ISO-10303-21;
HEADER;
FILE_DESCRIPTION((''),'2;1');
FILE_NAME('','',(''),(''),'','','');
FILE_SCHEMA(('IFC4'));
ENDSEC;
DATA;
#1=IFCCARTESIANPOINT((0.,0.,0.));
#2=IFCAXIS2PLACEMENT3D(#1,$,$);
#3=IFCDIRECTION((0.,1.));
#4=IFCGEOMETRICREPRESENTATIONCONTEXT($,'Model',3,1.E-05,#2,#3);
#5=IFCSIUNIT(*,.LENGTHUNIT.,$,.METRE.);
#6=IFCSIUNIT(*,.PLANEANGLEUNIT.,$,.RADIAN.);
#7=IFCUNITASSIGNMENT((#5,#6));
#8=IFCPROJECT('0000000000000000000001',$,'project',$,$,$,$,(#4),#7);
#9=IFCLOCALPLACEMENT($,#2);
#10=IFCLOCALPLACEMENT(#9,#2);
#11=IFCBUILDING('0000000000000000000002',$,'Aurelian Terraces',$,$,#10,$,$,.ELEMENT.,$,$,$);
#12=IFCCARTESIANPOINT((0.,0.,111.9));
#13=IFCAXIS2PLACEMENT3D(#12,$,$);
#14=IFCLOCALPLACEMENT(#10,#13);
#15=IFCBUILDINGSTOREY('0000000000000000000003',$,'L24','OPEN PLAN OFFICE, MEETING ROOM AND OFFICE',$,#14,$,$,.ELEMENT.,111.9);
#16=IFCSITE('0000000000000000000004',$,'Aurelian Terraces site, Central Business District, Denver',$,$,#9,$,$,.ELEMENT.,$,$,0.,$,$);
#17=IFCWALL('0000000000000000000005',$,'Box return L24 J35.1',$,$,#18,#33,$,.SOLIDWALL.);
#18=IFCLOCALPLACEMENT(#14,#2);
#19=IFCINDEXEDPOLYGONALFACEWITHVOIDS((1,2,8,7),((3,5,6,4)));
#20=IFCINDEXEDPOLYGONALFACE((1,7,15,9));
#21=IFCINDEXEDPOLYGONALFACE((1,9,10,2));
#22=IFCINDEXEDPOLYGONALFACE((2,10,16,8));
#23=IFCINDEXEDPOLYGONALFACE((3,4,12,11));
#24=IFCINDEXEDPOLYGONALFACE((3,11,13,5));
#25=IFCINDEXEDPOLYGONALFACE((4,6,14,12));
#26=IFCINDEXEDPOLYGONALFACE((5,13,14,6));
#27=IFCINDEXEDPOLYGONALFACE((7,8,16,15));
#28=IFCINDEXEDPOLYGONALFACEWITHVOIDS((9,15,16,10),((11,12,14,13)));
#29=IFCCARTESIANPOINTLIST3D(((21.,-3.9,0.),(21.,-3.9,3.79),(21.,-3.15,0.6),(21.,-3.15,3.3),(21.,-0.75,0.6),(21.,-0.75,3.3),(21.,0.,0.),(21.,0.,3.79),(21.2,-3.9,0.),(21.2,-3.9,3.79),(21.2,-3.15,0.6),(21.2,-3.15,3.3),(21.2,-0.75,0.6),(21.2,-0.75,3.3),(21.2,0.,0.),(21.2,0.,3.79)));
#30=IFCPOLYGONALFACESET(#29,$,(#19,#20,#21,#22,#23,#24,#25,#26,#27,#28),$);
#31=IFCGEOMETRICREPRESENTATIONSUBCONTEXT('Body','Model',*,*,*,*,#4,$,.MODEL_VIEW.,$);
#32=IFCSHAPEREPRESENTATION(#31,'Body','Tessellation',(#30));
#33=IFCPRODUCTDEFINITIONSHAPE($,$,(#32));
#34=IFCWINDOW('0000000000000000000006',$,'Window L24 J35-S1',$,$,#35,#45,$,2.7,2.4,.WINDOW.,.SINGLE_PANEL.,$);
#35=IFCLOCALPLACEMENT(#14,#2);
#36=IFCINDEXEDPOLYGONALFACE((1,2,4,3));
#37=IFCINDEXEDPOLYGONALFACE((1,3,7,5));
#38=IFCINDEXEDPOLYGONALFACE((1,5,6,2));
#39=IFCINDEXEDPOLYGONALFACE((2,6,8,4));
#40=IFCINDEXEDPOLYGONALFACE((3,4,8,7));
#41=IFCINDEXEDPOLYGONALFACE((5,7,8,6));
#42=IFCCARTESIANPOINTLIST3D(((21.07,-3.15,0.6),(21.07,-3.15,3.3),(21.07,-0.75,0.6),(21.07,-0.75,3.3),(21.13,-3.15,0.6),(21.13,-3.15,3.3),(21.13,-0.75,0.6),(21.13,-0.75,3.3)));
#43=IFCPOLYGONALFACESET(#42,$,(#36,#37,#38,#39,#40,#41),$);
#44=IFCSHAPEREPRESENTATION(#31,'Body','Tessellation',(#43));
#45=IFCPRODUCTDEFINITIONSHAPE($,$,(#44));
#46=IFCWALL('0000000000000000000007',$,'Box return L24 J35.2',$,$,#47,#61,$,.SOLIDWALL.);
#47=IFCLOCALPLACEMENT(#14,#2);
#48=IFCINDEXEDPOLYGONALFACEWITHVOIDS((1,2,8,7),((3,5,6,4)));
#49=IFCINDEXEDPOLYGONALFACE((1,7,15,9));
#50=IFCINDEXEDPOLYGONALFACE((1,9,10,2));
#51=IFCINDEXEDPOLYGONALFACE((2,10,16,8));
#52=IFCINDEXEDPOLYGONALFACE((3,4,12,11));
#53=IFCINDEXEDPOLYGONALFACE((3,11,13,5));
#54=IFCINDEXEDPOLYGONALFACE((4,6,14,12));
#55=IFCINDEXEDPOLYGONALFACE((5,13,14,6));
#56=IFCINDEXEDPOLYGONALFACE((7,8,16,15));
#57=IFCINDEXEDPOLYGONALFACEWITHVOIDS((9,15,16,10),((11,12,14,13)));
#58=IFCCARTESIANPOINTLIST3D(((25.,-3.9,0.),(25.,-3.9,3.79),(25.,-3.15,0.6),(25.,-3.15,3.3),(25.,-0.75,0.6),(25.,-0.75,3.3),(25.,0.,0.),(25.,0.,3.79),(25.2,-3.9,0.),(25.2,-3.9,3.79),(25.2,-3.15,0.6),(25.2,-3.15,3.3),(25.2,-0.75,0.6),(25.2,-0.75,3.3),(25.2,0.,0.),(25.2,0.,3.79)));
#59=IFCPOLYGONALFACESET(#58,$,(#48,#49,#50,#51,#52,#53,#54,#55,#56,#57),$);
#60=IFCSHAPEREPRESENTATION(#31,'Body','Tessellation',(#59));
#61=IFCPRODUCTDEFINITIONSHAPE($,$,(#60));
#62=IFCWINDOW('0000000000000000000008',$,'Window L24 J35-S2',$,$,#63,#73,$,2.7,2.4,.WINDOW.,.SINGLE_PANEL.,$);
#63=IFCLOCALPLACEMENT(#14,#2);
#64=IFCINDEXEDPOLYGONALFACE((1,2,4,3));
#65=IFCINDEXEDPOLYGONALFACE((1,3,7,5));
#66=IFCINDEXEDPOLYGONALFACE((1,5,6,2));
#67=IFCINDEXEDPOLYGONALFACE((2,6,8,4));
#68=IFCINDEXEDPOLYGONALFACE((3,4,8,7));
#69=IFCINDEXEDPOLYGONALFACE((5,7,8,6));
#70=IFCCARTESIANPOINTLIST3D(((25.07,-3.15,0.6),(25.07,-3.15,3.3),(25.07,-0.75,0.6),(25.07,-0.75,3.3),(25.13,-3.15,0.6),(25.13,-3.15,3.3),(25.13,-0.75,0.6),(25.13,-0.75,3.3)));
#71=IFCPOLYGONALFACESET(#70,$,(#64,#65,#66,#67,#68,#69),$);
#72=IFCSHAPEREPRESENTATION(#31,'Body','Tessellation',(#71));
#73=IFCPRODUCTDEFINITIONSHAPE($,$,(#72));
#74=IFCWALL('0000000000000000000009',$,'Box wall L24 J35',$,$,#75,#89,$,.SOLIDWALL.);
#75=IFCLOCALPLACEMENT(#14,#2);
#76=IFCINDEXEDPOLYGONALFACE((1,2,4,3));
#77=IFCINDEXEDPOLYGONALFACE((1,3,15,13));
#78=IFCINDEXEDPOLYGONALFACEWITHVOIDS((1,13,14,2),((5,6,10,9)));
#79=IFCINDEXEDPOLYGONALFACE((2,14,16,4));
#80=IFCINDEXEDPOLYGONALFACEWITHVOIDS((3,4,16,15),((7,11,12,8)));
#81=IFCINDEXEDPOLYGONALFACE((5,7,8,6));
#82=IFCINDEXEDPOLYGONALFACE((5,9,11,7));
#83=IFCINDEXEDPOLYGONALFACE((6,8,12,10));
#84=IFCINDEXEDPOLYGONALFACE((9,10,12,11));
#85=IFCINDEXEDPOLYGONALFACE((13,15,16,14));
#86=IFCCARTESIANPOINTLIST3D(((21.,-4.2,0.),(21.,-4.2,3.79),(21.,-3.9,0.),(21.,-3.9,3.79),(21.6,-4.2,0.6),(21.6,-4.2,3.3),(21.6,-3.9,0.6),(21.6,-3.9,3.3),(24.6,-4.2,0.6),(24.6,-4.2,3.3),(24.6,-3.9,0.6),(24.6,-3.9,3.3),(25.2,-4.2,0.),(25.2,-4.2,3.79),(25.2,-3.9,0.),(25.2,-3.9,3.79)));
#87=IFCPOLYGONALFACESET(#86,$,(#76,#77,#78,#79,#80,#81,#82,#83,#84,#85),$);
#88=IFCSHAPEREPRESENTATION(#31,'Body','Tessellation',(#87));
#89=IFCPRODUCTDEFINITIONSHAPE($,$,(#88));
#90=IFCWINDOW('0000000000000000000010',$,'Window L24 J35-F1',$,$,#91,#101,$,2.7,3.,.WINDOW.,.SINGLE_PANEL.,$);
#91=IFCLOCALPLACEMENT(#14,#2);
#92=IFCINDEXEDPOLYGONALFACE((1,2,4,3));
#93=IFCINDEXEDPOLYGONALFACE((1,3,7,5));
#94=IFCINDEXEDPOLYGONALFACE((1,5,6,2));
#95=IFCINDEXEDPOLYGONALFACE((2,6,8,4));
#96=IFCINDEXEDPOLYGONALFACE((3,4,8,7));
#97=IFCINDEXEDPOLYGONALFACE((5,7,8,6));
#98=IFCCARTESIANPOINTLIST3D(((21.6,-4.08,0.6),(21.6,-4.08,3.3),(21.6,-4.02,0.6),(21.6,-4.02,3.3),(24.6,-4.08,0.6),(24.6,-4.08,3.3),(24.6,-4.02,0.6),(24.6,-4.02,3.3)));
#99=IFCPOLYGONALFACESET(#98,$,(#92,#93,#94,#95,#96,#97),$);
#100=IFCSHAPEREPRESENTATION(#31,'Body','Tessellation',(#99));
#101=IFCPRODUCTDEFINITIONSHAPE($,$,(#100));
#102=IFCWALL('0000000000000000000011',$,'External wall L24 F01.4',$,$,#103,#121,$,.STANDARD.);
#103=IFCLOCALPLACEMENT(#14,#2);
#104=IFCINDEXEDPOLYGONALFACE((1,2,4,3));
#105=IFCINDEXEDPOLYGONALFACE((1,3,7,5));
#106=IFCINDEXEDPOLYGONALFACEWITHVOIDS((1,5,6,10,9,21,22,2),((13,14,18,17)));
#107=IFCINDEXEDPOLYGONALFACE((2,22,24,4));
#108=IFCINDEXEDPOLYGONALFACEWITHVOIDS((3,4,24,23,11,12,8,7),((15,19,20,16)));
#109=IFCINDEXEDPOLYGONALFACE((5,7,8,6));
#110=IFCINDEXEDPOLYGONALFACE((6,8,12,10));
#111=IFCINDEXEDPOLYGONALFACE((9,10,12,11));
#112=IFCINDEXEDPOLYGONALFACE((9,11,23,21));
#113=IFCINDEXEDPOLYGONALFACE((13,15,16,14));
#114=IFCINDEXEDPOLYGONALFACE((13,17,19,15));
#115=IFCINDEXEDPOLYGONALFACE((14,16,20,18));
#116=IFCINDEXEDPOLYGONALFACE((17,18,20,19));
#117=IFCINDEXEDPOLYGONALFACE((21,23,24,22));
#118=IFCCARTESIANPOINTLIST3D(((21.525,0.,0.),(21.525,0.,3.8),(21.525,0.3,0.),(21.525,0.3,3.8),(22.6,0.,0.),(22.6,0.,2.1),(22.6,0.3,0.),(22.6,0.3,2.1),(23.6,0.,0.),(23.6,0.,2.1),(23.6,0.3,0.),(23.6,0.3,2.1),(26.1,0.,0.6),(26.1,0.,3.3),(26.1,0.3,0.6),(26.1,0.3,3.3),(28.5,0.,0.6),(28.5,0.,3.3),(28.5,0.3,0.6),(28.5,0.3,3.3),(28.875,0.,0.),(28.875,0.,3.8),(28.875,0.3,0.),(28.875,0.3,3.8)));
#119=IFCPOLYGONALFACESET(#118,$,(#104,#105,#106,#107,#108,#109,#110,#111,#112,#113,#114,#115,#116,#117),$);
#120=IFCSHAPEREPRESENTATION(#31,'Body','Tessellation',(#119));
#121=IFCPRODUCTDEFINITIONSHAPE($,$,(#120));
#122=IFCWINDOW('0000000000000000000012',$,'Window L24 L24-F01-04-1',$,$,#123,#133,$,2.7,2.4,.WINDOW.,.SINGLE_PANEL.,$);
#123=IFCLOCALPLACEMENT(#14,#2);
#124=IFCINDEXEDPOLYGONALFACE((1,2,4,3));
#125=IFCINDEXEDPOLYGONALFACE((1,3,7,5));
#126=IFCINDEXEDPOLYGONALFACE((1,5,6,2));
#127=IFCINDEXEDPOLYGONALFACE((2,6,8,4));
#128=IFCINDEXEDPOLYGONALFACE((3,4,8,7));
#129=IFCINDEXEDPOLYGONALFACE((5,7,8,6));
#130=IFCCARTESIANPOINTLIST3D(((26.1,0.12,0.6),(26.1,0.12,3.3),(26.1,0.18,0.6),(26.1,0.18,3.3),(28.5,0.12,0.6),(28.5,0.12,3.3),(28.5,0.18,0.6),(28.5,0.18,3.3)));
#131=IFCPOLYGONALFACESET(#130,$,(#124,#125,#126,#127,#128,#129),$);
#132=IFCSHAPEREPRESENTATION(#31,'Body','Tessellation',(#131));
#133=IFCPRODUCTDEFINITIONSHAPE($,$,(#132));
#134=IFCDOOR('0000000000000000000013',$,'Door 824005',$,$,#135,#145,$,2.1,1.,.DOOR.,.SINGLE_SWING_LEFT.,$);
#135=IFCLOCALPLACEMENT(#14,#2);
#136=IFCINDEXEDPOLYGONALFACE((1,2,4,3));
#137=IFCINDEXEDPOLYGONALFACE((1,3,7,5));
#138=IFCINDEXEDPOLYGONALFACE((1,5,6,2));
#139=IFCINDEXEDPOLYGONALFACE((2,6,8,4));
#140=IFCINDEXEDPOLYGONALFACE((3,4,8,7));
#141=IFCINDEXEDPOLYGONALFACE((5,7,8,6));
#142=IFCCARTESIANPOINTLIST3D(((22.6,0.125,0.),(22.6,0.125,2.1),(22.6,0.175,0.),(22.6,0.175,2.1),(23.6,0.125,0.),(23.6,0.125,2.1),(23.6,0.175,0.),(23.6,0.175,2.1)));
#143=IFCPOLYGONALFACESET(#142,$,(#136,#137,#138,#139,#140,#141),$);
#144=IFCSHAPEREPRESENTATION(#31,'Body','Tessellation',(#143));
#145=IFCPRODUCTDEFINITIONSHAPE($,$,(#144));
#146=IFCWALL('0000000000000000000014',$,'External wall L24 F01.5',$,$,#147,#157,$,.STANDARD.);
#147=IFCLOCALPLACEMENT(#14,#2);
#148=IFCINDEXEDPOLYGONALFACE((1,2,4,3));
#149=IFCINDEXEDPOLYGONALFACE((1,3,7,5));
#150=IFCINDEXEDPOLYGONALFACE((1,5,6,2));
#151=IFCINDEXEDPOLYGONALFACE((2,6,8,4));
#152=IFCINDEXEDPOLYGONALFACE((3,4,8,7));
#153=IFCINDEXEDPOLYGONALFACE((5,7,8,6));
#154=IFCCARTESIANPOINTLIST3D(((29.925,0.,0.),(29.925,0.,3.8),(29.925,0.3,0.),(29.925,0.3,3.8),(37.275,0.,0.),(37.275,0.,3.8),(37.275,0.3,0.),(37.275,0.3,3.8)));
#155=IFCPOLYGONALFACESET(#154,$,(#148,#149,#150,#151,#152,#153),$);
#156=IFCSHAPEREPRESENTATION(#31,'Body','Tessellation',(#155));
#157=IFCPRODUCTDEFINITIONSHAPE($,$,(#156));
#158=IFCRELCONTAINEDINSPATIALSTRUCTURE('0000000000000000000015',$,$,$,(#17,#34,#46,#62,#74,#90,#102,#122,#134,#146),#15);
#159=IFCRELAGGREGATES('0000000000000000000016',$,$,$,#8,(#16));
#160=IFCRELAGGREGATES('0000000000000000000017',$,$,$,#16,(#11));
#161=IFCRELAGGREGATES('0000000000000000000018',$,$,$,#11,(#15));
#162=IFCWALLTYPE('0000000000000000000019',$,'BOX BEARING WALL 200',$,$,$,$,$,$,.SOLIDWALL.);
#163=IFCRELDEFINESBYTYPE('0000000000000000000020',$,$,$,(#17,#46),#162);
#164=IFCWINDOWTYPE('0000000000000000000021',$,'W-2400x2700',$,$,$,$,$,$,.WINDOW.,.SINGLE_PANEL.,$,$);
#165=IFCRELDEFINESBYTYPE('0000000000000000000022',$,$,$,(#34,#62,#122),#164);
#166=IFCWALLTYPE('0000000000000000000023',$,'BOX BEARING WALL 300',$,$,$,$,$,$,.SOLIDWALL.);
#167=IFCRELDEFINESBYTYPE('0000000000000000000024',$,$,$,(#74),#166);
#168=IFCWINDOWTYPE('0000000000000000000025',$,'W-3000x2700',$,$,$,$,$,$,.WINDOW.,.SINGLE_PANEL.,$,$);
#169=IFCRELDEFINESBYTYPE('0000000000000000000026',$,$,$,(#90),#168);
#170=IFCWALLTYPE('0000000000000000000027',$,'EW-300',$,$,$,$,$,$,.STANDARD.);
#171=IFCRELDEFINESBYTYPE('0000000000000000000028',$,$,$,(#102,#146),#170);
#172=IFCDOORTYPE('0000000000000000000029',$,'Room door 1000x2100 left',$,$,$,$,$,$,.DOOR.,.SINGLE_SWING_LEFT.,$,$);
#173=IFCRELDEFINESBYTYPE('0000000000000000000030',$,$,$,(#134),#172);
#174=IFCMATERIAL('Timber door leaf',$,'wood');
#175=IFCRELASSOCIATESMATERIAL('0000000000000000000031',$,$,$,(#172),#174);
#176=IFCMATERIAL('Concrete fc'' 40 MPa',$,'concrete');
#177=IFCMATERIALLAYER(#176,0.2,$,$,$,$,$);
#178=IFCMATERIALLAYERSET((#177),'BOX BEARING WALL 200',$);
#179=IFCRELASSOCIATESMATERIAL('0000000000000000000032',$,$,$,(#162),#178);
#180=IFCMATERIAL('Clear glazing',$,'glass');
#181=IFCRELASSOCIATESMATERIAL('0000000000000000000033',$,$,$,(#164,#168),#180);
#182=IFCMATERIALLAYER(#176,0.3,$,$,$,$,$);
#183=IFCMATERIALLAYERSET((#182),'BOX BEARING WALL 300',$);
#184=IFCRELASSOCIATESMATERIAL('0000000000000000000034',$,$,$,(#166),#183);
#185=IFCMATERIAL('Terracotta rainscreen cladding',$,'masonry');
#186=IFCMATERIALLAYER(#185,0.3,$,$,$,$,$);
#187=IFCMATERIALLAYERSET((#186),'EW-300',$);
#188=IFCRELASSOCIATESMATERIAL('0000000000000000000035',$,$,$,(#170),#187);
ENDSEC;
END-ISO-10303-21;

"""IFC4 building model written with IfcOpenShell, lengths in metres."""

from ifc_helpers import new_model, si_unit, direction, frame, frame_2d, origin, place, context, subcontext, project, spatial, rectangle, extrude, source, transform, mapped, material, layer, layer_set, type_object, element, fill, save


model = new_model("IFC4")

# Units and contexts
model_context = context("Model", 3, precision=1e-05, world=origin(), true_north=direction((0.0, 1.0)))
body_context = subcontext(model_context, "Body", "Model", "MODEL_VIEW")
ifc_project = project(units=[si_unit("LENGTHUNIT", "METRE"), si_unit("PLANEANGLEUNIT", "RADIAN")], contexts=[model_context])

# Site, building, storey
site_placement = place(None, origin())
site = spatial("IfcSite", under=ifc_project, at=site_placement, Name="Aurelian Terraces site, Central Business District, Denver", CompositionType="ELEMENT", RefElevation=0.0)
building_placement = place(site_placement, origin())
building = spatial("IfcBuilding", under=site, at=building_placement, Name="Aurelian Terraces", CompositionType="ELEMENT")
storey_placement = place(building_placement, frame((0.0, 0.0, 111.9)))
storey = spatial("IfcBuildingStorey", under=building, at=storey_placement, Name="L24", Description="OPEN PLAN OFFICE, MEETING ROOM AND OFFICE", CompositionType="ELEMENT", Elevation=111.9)

# Shared definitions
ifc_material_1 = material(Name="Timber door leaf", Category="wood")
door_type_1 = type_object("IfcDoorType", Name="Room door 1000x2100 left", OperationType="SINGLE_SWING_LEFT", PredefinedType="DOOR", material=ifc_material_1)
shared_shape_1 = source(origin(), body_context, "Body", "SweptSolid", [
    extrude(rectangle(XDim=1.0, YDim=2.1, at=frame_2d((0.5, 1.05))), frame((0.0, 0.025, 0.0), z_axis=(0.0, -1.0, 0.0), x_axis=(1.0, 0.0, 0.0)), (0.0, 0.0, 1.0), 0.05),
])

# Walls, openings, windows
ifc_material_2 = material(Name="Concrete fc' 40 MPa", Category="concrete")
ifc_layer_1 = layer(ifc_material_2, 0.2)
ifc_layer_set_1 = layer_set([ifc_layer_1], Name="BOX BEARING WALL 200")
wall_type_1 = type_object("IfcWallType", Name="BOX BEARING WALL 200", PredefinedType="SOLIDWALL", material=ifc_layer_set_1)
shared_shape_2 = source(origin(), body_context, "Body", "SweptSolid", [
    extrude(rectangle(XDim=3.9, YDim=0.2, at=frame_2d((1.95, 0.0))), origin(), (0.0, 0.0, 1.0), 3.79),
])
wall_1_placement = place(storey_placement, frame((21.1, 0.0, 0.0), z_axis=(0.0, 0.0, 1.0), x_axis=(0.0, -1.0, 0.0)))
wall_1 = element("IfcWall", 1, at=wall_1_placement, inside=storey, type_object=wall_type_1, Name="Box return L24 J35.1", PredefinedType="SOLIDWALL", context=body_context, shape_type="MappedRepresentation", body=[
    mapped(shared_shape_2, transform((0.0, 0.0, 0.0), scale=1.0)),
])
shared_shape_3 = source(origin(), body_context, "Body", "SweptSolid", [
    extrude(rectangle(XDim=2.4, YDim=2.7, at=frame_2d((1.2, 1.35))), frame((0.0, 0.11, 0.0), z_axis=(0.0, -1.0, 0.0), x_axis=(1.0, 0.0, 0.0)), (0.0, 0.0, 1.0), 0.22),
])
opening_1_placement = place(wall_1_placement, frame((0.75, 0.0, 0.6)))
opening_1 = element("IfcOpeningElement", 2, at=opening_1_placement, cuts=wall_1, PredefinedType="OPENING", context=body_context, shape_type="MappedRepresentation", body=[
    mapped(shared_shape_3, transform((0.0, 0.0, 0.0), scale=1.0)),
])
ifc_material_3 = material(Name="Clear glazing", Category="glass")
window_type_1 = type_object("IfcWindowType", Name="W-2400x2700", PartitioningType="SINGLE_PANEL", PredefinedType="WINDOW", material=ifc_material_3)
shared_shape_4 = source(origin(), body_context, "Body", "SweptSolid", [
    extrude(rectangle(XDim=2.4, YDim=2.7, at=frame_2d((1.2, 1.35))), frame((0.0, 0.03, 0.0), z_axis=(0.0, -1.0, 0.0), x_axis=(1.0, 0.0, 0.0)), (0.0, 0.0, 1.0), 0.06),
])
window_1_placement = place(opening_1_placement, origin())
window_1 = element("IfcWindow", 3, at=window_1_placement, inside=storey, type_object=window_type_1, Name="Window L24 J35-S1", OverallHeight=2.7, OverallWidth=2.4, PartitioningType="SINGLE_PANEL", PredefinedType="WINDOW", context=body_context, shape_type="MappedRepresentation", body=[
    mapped(shared_shape_4, transform((0.0, 0.0, 0.0), scale=1.0)),
])
fill(opening_1, window_1)
wall_2_placement = place(storey_placement, frame((25.1, 0.0, 0.0), z_axis=(0.0, 0.0, 1.0), x_axis=(0.0, -1.0, 0.0)))
wall_2 = element("IfcWall", 4, at=wall_2_placement, inside=storey, type_object=wall_type_1, Name="Box return L24 J35.2", PredefinedType="SOLIDWALL", context=body_context, shape_type="MappedRepresentation", body=[
    mapped(shared_shape_2, transform((0.0, 0.0, 0.0), scale=1.0)),
])
opening_2_placement = place(wall_2_placement, frame((0.75, 0.0, 0.6)))
opening_2 = element("IfcOpeningElement", 5, at=opening_2_placement, cuts=wall_2, PredefinedType="OPENING", context=body_context, shape_type="MappedRepresentation", body=[
    mapped(shared_shape_3, transform((0.0, 0.0, 0.0), scale=1.0)),
])
window_2_placement = place(opening_2_placement, origin())
window_2 = element("IfcWindow", 6, at=window_2_placement, inside=storey, type_object=window_type_1, Name="Window L24 J35-S2", OverallHeight=2.7, OverallWidth=2.4, PartitioningType="SINGLE_PANEL", PredefinedType="WINDOW", context=body_context, shape_type="MappedRepresentation", body=[
    mapped(shared_shape_4, transform((0.0, 0.0, 0.0), scale=1.0)),
])
fill(opening_2, window_2)
ifc_layer_2 = layer(ifc_material_2, 0.3)
ifc_layer_set_2 = layer_set([ifc_layer_2], Name="BOX BEARING WALL 300")
wall_type_2 = type_object("IfcWallType", Name="BOX BEARING WALL 300", PredefinedType="SOLIDWALL", material=ifc_layer_set_2)
shared_shape_5 = source(origin(), body_context, "Body", "SweptSolid", [
    extrude(rectangle(XDim=4.2, YDim=0.3, at=frame_2d((2.1, 0.0))), origin(), (0.0, 0.0, 1.0), 3.79),
])
wall_3_placement = place(storey_placement, frame((21.0, -4.05, 0.0), z_axis=(0.0, 0.0, 1.0), x_axis=(1.0, 0.0, 0.0)))
wall_3 = element("IfcWall", 7, at=wall_3_placement, inside=storey, type_object=wall_type_2, Name="Box wall L24 J35", PredefinedType="SOLIDWALL", context=body_context, shape_type="MappedRepresentation", body=[
    mapped(shared_shape_5, transform((0.0, 0.0, 0.0), scale=1.0)),
])
shared_shape_6 = source(origin(), body_context, "Body", "SweptSolid", [
    extrude(rectangle(XDim=3.0, YDim=2.7, at=frame_2d((1.5, 1.35))), frame((0.0, 0.16, 0.0), z_axis=(0.0, -1.0, 0.0), x_axis=(1.0, 0.0, 0.0)), (0.0, 0.0, 1.0), 0.32),
])
opening_3_placement = place(wall_3_placement, frame((0.6, 0.0, 0.6)))
opening_3 = element("IfcOpeningElement", 8, at=opening_3_placement, cuts=wall_3, PredefinedType="OPENING", context=body_context, shape_type="MappedRepresentation", body=[
    mapped(shared_shape_6, transform((0.0, 0.0, 0.0), scale=1.0)),
])
window_type_2 = type_object("IfcWindowType", Name="W-3000x2700", PartitioningType="SINGLE_PANEL", PredefinedType="WINDOW", material=ifc_material_3)
shared_shape_7 = source(origin(), body_context, "Body", "SweptSolid", [
    extrude(rectangle(XDim=3.0, YDim=2.7, at=frame_2d((1.5, 1.35))), frame((0.0, 0.03, 0.0), z_axis=(0.0, -1.0, 0.0), x_axis=(1.0, 0.0, 0.0)), (0.0, 0.0, 1.0), 0.06),
])
window_3_placement = place(opening_3_placement, origin())
window_3 = element("IfcWindow", 9, at=window_3_placement, inside=storey, type_object=window_type_2, Name="Window L24 J35-F1", OverallHeight=2.7, OverallWidth=3.0, PartitioningType="SINGLE_PANEL", PredefinedType="WINDOW", context=body_context, shape_type="MappedRepresentation", body=[
    mapped(shared_shape_7, transform((0.0, 0.0, 0.0), scale=1.0)),
])
fill(opening_3, window_3)

# Wall, openings, window, door
ifc_material_4 = material(Name="Terracotta rainscreen cladding", Category="masonry")
ifc_layer_3 = layer(ifc_material_4, 0.3)
ifc_layer_set_3 = layer_set([ifc_layer_3], Name="EW-300")
wall_type_3 = type_object("IfcWallType", Name="EW-300", PredefinedType="STANDARD", material=ifc_layer_set_3)
shared_shape_8 = source(origin(), body_context, "Body", "SweptSolid", [
    extrude(rectangle(XDim=7.35, YDim=0.3, at=frame_2d((3.675, 0.0))), origin(), (0.0, 0.0, 1.0), 3.8),
])
wall_4_placement = place(storey_placement, frame((21.525, 0.15, 0.0), z_axis=(0.0, 0.0, 1.0), x_axis=(1.0, 0.0, 0.0)))
wall_4 = element("IfcWall", 10, at=wall_4_placement, inside=storey, type_object=wall_type_3, Name="External wall L24 F01.4", PredefinedType="STANDARD", context=body_context, shape_type="MappedRepresentation", body=[
    mapped(shared_shape_8, transform((0.0, 0.0, 0.0), scale=1.0)),
])
shared_shape_9 = source(origin(), body_context, "Body", "SweptSolid", [
    extrude(rectangle(XDim=2.4, YDim=2.7, at=frame_2d((1.2, 1.35))), frame((0.0, 0.16, 0.0), z_axis=(0.0, -1.0, 0.0), x_axis=(1.0, 0.0, 0.0)), (0.0, 0.0, 1.0), 0.32),
])
opening_4_placement = place(wall_4_placement, frame((4.575, 0.0, 0.6)))
opening_4 = element("IfcOpeningElement", 11, at=opening_4_placement, cuts=wall_4, PredefinedType="OPENING", context=body_context, shape_type="MappedRepresentation", body=[
    mapped(shared_shape_9, transform((0.0, 0.0, 0.0), scale=1.0)),
])
shared_shape_10 = source(origin(), body_context, "Body", "SweptSolid", [
    extrude(rectangle(XDim=1.0, YDim=2.1, at=frame_2d((0.5, 1.05))), frame((0.0, 0.16, 0.0), z_axis=(0.0, -1.0, 0.0), x_axis=(1.0, 0.0, 0.0)), (0.0, 0.0, 1.0), 0.32),
])
opening_5_placement = place(wall_4_placement, frame((1.075, 0.0, 0.0)))
opening_5 = element("IfcOpeningElement", 12, at=opening_5_placement, cuts=wall_4, PredefinedType="OPENING", context=body_context, shape_type="MappedRepresentation", body=[
    mapped(shared_shape_10, transform((0.0, 0.0, 0.0), scale=1.0)),
])
window_4_placement = place(opening_4_placement, origin())
window_4 = element("IfcWindow", 13, at=window_4_placement, inside=storey, type_object=window_type_1, Name="Window L24 L24-F01-04-1", OverallHeight=2.7, OverallWidth=2.4, PartitioningType="SINGLE_PANEL", PredefinedType="WINDOW", context=body_context, shape_type="MappedRepresentation", body=[
    mapped(shared_shape_4, transform((0.0, 0.0, 0.0), scale=1.0)),
])
fill(opening_4, window_4)
door_1_placement = place(opening_5_placement, origin())
door_1 = element("IfcDoor", 14, at=door_1_placement, inside=storey, type_object=door_type_1, Name="Door 824005", OperationType="SINGLE_SWING_LEFT", OverallHeight=2.1, OverallWidth=1.0, PredefinedType="DOOR", context=body_context, shape_type="MappedRepresentation", body=[
    mapped(shared_shape_1, transform((0.0, 0.0, 0.0), scale=1.0)),
])
fill(opening_5, door_1)

# Wall
wall_5_placement = place(storey_placement, frame((29.925, 0.15, 0.0), z_axis=(0.0, 0.0, 1.0), x_axis=(1.0, 0.0, 0.0)))
element("IfcWall", 15, at=wall_5_placement, inside=storey, type_object=wall_type_3, Name="External wall L24 F01.5", PredefinedType="STANDARD", context=body_context, shape_type="MappedRepresentation", body=[
    mapped(shared_shape_8, transform((0.0, 0.0, 0.0), scale=1.0)),
])

save(model, "model.ifc")
